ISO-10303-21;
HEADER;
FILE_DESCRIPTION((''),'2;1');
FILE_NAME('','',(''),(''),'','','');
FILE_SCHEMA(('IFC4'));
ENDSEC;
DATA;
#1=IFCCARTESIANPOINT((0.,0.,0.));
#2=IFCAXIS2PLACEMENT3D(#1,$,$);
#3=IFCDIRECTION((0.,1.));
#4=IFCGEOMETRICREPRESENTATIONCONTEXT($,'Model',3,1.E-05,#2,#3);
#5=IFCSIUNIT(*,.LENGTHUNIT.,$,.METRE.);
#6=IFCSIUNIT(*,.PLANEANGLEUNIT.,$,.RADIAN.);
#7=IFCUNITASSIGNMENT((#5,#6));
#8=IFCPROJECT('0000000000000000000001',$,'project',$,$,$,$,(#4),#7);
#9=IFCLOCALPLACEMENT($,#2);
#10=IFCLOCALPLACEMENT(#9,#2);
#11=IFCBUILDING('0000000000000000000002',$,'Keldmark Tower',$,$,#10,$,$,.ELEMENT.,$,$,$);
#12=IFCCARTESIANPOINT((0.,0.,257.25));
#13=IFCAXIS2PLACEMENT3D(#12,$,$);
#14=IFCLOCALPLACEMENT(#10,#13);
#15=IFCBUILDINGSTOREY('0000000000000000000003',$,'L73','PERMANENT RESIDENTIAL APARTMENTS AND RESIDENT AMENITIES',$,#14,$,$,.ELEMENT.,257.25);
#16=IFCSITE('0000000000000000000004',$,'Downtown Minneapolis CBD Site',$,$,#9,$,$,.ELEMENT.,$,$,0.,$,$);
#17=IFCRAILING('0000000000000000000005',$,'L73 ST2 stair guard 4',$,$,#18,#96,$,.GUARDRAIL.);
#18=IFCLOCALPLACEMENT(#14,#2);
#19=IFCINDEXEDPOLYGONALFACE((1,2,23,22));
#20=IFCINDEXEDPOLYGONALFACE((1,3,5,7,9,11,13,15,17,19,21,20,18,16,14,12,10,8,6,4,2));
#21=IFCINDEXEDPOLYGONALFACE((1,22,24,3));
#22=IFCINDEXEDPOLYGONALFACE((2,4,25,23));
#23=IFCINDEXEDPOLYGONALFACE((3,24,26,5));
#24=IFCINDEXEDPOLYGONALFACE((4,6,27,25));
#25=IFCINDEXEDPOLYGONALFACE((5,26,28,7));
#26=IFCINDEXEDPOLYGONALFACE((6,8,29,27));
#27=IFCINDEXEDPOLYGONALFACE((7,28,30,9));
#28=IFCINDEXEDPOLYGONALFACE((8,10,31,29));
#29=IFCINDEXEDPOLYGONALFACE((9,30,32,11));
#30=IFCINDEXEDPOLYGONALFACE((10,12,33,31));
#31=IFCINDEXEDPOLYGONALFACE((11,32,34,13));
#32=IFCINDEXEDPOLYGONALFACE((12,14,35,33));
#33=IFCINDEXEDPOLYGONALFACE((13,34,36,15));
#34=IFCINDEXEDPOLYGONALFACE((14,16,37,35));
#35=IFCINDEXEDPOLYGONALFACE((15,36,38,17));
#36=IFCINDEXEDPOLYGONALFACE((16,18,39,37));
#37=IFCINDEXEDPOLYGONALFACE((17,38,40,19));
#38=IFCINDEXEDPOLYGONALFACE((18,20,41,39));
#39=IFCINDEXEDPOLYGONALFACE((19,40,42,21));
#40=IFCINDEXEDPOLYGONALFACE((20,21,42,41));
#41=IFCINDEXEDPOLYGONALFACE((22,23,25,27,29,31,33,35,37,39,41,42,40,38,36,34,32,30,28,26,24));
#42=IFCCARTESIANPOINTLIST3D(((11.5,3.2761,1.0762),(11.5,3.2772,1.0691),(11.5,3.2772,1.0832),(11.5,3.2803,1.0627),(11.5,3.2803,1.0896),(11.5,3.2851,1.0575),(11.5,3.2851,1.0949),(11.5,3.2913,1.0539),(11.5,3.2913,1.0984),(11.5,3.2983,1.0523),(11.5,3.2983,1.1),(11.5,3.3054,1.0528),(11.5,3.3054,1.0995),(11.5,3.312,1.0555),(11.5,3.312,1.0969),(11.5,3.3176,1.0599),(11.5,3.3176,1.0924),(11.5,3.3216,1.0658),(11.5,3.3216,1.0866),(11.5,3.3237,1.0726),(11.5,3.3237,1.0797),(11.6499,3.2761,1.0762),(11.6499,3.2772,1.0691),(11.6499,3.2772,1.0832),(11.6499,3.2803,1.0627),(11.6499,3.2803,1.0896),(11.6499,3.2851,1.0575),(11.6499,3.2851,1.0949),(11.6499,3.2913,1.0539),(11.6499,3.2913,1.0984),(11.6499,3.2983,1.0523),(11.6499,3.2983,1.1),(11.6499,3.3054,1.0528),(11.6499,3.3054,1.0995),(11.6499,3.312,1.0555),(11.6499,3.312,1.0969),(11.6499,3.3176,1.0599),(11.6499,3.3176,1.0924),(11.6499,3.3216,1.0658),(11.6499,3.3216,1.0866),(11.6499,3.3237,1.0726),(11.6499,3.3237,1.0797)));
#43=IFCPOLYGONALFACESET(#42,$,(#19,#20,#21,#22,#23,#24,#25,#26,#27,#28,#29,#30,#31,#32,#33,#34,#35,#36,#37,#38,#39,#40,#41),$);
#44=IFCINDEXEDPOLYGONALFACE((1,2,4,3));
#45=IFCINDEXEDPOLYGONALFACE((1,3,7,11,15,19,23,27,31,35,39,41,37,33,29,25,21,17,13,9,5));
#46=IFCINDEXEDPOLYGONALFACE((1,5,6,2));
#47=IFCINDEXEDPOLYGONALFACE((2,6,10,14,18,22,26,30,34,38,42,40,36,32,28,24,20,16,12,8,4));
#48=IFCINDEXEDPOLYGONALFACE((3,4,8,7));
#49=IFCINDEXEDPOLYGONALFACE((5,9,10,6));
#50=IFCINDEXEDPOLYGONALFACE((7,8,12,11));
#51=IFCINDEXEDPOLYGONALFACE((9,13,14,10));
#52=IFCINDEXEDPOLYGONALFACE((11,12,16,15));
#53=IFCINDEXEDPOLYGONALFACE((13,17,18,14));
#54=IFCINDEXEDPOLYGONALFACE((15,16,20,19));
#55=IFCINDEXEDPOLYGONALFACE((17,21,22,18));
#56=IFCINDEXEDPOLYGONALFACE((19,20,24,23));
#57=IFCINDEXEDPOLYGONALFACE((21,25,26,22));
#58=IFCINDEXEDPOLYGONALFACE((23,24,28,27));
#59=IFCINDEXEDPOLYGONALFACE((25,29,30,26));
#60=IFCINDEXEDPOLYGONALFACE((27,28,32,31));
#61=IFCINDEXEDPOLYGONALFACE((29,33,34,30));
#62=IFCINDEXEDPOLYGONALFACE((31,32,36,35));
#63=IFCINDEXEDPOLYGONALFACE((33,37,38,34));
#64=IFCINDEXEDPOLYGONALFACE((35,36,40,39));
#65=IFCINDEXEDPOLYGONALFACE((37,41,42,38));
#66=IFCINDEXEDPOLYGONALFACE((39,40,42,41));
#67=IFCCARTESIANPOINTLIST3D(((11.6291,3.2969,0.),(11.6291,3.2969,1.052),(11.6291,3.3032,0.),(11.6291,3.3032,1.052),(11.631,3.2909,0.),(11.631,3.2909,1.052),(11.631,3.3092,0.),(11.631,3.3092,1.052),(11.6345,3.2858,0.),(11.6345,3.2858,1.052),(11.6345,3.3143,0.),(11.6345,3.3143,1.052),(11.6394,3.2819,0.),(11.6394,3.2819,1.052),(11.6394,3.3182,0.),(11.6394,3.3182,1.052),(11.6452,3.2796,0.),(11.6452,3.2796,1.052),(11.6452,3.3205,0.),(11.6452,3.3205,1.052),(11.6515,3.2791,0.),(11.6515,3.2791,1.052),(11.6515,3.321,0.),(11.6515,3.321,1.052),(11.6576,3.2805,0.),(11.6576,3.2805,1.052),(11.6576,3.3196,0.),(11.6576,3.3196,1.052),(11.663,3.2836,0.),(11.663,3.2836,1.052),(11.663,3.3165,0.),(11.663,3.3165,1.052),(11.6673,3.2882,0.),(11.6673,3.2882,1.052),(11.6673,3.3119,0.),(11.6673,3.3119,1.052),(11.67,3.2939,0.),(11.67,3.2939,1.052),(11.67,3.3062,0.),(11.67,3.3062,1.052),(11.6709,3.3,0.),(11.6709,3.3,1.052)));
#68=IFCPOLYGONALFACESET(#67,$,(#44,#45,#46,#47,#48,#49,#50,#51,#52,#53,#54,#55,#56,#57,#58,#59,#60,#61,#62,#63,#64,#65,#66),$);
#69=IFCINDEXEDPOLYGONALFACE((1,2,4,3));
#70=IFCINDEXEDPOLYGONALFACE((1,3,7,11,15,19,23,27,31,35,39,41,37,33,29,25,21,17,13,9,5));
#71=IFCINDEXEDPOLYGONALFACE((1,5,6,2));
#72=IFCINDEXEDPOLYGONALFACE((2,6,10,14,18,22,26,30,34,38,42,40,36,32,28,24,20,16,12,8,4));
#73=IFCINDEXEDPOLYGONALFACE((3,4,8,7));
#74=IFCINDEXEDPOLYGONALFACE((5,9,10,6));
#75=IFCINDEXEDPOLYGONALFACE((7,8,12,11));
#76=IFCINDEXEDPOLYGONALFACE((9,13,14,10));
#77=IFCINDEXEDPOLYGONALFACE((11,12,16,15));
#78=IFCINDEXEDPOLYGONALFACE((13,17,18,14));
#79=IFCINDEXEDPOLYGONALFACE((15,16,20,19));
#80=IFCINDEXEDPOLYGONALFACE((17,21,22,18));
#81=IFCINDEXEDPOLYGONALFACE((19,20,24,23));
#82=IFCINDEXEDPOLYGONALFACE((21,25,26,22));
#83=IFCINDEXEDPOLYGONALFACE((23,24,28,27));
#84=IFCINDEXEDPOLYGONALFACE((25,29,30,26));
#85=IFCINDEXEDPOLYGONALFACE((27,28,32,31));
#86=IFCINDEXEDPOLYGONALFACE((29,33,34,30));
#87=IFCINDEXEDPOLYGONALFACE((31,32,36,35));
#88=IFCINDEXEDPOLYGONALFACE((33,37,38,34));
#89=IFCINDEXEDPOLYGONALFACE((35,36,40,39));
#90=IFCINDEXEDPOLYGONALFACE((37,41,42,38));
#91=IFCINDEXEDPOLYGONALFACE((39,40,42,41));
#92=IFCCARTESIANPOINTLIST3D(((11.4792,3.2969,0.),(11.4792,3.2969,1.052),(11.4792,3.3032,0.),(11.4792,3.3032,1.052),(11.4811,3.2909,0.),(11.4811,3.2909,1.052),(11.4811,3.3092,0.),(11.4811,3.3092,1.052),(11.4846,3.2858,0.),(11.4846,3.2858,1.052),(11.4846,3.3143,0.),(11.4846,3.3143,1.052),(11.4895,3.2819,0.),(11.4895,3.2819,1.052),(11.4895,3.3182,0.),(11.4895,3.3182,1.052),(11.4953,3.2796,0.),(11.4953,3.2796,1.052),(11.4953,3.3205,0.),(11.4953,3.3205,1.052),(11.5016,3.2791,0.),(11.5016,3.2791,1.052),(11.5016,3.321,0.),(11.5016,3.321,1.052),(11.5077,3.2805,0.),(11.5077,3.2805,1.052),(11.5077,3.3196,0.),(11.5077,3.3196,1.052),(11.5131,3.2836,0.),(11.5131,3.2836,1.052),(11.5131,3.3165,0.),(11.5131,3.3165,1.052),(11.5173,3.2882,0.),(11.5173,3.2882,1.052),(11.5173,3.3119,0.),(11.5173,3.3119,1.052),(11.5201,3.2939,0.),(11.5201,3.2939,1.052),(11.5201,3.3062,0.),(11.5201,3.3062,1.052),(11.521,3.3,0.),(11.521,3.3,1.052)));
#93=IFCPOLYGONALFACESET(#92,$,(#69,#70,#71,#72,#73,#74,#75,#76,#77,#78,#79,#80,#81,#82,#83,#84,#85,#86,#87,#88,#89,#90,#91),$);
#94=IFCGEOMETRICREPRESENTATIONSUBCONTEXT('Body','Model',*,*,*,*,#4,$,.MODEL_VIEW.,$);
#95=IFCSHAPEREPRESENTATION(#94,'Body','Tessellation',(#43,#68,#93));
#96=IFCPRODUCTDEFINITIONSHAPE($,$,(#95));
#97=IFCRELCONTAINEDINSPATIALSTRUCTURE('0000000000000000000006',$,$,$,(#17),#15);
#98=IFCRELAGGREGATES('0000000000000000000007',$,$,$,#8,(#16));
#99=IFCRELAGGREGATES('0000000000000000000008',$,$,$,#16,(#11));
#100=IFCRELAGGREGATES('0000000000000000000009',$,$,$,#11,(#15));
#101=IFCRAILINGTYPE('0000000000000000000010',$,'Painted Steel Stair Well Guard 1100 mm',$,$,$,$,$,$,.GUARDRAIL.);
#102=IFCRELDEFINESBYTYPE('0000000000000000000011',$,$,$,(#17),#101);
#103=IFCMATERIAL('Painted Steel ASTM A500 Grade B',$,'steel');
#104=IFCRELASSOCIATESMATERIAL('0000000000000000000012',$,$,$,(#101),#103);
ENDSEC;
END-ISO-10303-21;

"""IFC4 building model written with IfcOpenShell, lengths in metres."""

from ifc_helpers import new_model, si_unit, direction, frame, origin, origin_2d, place, context, subcontext, project, spatial, circle, extrude, material, type_object, element, save


model = new_model("IFC4")

# Units and contexts
model_context = context("Model", 3, precision=1e-05, world=origin(), true_north=direction((0.0, 1.0)))
body_context = subcontext(model_context, "Body", "Model", "MODEL_VIEW")
ifc_project = project(units=[si_unit("LENGTHUNIT", "METRE"), si_unit("PLANEANGLEUNIT", "RADIAN")], contexts=[model_context])

# Site, building, storey
site_placement = place(None, origin())
site = spatial("IfcSite", under=ifc_project, at=site_placement, Name="Downtown Minneapolis CBD Site", CompositionType="ELEMENT", RefElevation=0.0)
building_placement = place(site_placement, origin())
building = spatial("IfcBuilding", under=site, at=building_placement, Name="Keldmark Tower", CompositionType="ELEMENT")
storey_placement = place(building_placement, frame((0.0, 0.0, 257.25)))
storey = spatial("IfcBuildingStorey", under=building, at=storey_placement, Name="L73", Description="PERMANENT RESIDENTIAL APARTMENTS AND RESIDENT AMENITIES", CompositionType="ELEMENT", Elevation=257.25)

# Railing
ifc_material_1 = material(Name="Painted Steel ASTM A500 Grade B", Category="steel")
railing_type_1 = type_object("IfcRailingType", Name="Painted Steel Stair Well Guard 1100 mm", PredefinedType="GUARDRAIL", material=ifc_material_1)
railing_1_placement = place(storey_placement, frame((11.6499, 3.3, 0.0)))
element("IfcRailing", 1, at=railing_1_placement, inside=storey, type_object=railing_type_1, Name="L73 ST2 stair guard 4", PredefinedType="GUARDRAIL", context=body_context, shape_type="SweptSolid", body=[
    extrude(circle(Radius=0.0239, at=origin_2d()), frame((0.0, 0.0, 1.0762), z_axis=(-1.0, 0.0, 0.0), x_axis=(0.0, -1.0, 0.0)), (0.0, 0.0, 1.0), 0.1499),
    extrude(circle(Radius=0.021, at=origin_2d()), origin(), (0.0, 0.0, 1.0), 1.052),
    extrude(circle(Radius=0.021, at=origin_2d()), frame((-0.1499, 0.0, 0.0)), (0.0, 0.0, 1.0), 1.052),
])

save(model, "model.ifc")
